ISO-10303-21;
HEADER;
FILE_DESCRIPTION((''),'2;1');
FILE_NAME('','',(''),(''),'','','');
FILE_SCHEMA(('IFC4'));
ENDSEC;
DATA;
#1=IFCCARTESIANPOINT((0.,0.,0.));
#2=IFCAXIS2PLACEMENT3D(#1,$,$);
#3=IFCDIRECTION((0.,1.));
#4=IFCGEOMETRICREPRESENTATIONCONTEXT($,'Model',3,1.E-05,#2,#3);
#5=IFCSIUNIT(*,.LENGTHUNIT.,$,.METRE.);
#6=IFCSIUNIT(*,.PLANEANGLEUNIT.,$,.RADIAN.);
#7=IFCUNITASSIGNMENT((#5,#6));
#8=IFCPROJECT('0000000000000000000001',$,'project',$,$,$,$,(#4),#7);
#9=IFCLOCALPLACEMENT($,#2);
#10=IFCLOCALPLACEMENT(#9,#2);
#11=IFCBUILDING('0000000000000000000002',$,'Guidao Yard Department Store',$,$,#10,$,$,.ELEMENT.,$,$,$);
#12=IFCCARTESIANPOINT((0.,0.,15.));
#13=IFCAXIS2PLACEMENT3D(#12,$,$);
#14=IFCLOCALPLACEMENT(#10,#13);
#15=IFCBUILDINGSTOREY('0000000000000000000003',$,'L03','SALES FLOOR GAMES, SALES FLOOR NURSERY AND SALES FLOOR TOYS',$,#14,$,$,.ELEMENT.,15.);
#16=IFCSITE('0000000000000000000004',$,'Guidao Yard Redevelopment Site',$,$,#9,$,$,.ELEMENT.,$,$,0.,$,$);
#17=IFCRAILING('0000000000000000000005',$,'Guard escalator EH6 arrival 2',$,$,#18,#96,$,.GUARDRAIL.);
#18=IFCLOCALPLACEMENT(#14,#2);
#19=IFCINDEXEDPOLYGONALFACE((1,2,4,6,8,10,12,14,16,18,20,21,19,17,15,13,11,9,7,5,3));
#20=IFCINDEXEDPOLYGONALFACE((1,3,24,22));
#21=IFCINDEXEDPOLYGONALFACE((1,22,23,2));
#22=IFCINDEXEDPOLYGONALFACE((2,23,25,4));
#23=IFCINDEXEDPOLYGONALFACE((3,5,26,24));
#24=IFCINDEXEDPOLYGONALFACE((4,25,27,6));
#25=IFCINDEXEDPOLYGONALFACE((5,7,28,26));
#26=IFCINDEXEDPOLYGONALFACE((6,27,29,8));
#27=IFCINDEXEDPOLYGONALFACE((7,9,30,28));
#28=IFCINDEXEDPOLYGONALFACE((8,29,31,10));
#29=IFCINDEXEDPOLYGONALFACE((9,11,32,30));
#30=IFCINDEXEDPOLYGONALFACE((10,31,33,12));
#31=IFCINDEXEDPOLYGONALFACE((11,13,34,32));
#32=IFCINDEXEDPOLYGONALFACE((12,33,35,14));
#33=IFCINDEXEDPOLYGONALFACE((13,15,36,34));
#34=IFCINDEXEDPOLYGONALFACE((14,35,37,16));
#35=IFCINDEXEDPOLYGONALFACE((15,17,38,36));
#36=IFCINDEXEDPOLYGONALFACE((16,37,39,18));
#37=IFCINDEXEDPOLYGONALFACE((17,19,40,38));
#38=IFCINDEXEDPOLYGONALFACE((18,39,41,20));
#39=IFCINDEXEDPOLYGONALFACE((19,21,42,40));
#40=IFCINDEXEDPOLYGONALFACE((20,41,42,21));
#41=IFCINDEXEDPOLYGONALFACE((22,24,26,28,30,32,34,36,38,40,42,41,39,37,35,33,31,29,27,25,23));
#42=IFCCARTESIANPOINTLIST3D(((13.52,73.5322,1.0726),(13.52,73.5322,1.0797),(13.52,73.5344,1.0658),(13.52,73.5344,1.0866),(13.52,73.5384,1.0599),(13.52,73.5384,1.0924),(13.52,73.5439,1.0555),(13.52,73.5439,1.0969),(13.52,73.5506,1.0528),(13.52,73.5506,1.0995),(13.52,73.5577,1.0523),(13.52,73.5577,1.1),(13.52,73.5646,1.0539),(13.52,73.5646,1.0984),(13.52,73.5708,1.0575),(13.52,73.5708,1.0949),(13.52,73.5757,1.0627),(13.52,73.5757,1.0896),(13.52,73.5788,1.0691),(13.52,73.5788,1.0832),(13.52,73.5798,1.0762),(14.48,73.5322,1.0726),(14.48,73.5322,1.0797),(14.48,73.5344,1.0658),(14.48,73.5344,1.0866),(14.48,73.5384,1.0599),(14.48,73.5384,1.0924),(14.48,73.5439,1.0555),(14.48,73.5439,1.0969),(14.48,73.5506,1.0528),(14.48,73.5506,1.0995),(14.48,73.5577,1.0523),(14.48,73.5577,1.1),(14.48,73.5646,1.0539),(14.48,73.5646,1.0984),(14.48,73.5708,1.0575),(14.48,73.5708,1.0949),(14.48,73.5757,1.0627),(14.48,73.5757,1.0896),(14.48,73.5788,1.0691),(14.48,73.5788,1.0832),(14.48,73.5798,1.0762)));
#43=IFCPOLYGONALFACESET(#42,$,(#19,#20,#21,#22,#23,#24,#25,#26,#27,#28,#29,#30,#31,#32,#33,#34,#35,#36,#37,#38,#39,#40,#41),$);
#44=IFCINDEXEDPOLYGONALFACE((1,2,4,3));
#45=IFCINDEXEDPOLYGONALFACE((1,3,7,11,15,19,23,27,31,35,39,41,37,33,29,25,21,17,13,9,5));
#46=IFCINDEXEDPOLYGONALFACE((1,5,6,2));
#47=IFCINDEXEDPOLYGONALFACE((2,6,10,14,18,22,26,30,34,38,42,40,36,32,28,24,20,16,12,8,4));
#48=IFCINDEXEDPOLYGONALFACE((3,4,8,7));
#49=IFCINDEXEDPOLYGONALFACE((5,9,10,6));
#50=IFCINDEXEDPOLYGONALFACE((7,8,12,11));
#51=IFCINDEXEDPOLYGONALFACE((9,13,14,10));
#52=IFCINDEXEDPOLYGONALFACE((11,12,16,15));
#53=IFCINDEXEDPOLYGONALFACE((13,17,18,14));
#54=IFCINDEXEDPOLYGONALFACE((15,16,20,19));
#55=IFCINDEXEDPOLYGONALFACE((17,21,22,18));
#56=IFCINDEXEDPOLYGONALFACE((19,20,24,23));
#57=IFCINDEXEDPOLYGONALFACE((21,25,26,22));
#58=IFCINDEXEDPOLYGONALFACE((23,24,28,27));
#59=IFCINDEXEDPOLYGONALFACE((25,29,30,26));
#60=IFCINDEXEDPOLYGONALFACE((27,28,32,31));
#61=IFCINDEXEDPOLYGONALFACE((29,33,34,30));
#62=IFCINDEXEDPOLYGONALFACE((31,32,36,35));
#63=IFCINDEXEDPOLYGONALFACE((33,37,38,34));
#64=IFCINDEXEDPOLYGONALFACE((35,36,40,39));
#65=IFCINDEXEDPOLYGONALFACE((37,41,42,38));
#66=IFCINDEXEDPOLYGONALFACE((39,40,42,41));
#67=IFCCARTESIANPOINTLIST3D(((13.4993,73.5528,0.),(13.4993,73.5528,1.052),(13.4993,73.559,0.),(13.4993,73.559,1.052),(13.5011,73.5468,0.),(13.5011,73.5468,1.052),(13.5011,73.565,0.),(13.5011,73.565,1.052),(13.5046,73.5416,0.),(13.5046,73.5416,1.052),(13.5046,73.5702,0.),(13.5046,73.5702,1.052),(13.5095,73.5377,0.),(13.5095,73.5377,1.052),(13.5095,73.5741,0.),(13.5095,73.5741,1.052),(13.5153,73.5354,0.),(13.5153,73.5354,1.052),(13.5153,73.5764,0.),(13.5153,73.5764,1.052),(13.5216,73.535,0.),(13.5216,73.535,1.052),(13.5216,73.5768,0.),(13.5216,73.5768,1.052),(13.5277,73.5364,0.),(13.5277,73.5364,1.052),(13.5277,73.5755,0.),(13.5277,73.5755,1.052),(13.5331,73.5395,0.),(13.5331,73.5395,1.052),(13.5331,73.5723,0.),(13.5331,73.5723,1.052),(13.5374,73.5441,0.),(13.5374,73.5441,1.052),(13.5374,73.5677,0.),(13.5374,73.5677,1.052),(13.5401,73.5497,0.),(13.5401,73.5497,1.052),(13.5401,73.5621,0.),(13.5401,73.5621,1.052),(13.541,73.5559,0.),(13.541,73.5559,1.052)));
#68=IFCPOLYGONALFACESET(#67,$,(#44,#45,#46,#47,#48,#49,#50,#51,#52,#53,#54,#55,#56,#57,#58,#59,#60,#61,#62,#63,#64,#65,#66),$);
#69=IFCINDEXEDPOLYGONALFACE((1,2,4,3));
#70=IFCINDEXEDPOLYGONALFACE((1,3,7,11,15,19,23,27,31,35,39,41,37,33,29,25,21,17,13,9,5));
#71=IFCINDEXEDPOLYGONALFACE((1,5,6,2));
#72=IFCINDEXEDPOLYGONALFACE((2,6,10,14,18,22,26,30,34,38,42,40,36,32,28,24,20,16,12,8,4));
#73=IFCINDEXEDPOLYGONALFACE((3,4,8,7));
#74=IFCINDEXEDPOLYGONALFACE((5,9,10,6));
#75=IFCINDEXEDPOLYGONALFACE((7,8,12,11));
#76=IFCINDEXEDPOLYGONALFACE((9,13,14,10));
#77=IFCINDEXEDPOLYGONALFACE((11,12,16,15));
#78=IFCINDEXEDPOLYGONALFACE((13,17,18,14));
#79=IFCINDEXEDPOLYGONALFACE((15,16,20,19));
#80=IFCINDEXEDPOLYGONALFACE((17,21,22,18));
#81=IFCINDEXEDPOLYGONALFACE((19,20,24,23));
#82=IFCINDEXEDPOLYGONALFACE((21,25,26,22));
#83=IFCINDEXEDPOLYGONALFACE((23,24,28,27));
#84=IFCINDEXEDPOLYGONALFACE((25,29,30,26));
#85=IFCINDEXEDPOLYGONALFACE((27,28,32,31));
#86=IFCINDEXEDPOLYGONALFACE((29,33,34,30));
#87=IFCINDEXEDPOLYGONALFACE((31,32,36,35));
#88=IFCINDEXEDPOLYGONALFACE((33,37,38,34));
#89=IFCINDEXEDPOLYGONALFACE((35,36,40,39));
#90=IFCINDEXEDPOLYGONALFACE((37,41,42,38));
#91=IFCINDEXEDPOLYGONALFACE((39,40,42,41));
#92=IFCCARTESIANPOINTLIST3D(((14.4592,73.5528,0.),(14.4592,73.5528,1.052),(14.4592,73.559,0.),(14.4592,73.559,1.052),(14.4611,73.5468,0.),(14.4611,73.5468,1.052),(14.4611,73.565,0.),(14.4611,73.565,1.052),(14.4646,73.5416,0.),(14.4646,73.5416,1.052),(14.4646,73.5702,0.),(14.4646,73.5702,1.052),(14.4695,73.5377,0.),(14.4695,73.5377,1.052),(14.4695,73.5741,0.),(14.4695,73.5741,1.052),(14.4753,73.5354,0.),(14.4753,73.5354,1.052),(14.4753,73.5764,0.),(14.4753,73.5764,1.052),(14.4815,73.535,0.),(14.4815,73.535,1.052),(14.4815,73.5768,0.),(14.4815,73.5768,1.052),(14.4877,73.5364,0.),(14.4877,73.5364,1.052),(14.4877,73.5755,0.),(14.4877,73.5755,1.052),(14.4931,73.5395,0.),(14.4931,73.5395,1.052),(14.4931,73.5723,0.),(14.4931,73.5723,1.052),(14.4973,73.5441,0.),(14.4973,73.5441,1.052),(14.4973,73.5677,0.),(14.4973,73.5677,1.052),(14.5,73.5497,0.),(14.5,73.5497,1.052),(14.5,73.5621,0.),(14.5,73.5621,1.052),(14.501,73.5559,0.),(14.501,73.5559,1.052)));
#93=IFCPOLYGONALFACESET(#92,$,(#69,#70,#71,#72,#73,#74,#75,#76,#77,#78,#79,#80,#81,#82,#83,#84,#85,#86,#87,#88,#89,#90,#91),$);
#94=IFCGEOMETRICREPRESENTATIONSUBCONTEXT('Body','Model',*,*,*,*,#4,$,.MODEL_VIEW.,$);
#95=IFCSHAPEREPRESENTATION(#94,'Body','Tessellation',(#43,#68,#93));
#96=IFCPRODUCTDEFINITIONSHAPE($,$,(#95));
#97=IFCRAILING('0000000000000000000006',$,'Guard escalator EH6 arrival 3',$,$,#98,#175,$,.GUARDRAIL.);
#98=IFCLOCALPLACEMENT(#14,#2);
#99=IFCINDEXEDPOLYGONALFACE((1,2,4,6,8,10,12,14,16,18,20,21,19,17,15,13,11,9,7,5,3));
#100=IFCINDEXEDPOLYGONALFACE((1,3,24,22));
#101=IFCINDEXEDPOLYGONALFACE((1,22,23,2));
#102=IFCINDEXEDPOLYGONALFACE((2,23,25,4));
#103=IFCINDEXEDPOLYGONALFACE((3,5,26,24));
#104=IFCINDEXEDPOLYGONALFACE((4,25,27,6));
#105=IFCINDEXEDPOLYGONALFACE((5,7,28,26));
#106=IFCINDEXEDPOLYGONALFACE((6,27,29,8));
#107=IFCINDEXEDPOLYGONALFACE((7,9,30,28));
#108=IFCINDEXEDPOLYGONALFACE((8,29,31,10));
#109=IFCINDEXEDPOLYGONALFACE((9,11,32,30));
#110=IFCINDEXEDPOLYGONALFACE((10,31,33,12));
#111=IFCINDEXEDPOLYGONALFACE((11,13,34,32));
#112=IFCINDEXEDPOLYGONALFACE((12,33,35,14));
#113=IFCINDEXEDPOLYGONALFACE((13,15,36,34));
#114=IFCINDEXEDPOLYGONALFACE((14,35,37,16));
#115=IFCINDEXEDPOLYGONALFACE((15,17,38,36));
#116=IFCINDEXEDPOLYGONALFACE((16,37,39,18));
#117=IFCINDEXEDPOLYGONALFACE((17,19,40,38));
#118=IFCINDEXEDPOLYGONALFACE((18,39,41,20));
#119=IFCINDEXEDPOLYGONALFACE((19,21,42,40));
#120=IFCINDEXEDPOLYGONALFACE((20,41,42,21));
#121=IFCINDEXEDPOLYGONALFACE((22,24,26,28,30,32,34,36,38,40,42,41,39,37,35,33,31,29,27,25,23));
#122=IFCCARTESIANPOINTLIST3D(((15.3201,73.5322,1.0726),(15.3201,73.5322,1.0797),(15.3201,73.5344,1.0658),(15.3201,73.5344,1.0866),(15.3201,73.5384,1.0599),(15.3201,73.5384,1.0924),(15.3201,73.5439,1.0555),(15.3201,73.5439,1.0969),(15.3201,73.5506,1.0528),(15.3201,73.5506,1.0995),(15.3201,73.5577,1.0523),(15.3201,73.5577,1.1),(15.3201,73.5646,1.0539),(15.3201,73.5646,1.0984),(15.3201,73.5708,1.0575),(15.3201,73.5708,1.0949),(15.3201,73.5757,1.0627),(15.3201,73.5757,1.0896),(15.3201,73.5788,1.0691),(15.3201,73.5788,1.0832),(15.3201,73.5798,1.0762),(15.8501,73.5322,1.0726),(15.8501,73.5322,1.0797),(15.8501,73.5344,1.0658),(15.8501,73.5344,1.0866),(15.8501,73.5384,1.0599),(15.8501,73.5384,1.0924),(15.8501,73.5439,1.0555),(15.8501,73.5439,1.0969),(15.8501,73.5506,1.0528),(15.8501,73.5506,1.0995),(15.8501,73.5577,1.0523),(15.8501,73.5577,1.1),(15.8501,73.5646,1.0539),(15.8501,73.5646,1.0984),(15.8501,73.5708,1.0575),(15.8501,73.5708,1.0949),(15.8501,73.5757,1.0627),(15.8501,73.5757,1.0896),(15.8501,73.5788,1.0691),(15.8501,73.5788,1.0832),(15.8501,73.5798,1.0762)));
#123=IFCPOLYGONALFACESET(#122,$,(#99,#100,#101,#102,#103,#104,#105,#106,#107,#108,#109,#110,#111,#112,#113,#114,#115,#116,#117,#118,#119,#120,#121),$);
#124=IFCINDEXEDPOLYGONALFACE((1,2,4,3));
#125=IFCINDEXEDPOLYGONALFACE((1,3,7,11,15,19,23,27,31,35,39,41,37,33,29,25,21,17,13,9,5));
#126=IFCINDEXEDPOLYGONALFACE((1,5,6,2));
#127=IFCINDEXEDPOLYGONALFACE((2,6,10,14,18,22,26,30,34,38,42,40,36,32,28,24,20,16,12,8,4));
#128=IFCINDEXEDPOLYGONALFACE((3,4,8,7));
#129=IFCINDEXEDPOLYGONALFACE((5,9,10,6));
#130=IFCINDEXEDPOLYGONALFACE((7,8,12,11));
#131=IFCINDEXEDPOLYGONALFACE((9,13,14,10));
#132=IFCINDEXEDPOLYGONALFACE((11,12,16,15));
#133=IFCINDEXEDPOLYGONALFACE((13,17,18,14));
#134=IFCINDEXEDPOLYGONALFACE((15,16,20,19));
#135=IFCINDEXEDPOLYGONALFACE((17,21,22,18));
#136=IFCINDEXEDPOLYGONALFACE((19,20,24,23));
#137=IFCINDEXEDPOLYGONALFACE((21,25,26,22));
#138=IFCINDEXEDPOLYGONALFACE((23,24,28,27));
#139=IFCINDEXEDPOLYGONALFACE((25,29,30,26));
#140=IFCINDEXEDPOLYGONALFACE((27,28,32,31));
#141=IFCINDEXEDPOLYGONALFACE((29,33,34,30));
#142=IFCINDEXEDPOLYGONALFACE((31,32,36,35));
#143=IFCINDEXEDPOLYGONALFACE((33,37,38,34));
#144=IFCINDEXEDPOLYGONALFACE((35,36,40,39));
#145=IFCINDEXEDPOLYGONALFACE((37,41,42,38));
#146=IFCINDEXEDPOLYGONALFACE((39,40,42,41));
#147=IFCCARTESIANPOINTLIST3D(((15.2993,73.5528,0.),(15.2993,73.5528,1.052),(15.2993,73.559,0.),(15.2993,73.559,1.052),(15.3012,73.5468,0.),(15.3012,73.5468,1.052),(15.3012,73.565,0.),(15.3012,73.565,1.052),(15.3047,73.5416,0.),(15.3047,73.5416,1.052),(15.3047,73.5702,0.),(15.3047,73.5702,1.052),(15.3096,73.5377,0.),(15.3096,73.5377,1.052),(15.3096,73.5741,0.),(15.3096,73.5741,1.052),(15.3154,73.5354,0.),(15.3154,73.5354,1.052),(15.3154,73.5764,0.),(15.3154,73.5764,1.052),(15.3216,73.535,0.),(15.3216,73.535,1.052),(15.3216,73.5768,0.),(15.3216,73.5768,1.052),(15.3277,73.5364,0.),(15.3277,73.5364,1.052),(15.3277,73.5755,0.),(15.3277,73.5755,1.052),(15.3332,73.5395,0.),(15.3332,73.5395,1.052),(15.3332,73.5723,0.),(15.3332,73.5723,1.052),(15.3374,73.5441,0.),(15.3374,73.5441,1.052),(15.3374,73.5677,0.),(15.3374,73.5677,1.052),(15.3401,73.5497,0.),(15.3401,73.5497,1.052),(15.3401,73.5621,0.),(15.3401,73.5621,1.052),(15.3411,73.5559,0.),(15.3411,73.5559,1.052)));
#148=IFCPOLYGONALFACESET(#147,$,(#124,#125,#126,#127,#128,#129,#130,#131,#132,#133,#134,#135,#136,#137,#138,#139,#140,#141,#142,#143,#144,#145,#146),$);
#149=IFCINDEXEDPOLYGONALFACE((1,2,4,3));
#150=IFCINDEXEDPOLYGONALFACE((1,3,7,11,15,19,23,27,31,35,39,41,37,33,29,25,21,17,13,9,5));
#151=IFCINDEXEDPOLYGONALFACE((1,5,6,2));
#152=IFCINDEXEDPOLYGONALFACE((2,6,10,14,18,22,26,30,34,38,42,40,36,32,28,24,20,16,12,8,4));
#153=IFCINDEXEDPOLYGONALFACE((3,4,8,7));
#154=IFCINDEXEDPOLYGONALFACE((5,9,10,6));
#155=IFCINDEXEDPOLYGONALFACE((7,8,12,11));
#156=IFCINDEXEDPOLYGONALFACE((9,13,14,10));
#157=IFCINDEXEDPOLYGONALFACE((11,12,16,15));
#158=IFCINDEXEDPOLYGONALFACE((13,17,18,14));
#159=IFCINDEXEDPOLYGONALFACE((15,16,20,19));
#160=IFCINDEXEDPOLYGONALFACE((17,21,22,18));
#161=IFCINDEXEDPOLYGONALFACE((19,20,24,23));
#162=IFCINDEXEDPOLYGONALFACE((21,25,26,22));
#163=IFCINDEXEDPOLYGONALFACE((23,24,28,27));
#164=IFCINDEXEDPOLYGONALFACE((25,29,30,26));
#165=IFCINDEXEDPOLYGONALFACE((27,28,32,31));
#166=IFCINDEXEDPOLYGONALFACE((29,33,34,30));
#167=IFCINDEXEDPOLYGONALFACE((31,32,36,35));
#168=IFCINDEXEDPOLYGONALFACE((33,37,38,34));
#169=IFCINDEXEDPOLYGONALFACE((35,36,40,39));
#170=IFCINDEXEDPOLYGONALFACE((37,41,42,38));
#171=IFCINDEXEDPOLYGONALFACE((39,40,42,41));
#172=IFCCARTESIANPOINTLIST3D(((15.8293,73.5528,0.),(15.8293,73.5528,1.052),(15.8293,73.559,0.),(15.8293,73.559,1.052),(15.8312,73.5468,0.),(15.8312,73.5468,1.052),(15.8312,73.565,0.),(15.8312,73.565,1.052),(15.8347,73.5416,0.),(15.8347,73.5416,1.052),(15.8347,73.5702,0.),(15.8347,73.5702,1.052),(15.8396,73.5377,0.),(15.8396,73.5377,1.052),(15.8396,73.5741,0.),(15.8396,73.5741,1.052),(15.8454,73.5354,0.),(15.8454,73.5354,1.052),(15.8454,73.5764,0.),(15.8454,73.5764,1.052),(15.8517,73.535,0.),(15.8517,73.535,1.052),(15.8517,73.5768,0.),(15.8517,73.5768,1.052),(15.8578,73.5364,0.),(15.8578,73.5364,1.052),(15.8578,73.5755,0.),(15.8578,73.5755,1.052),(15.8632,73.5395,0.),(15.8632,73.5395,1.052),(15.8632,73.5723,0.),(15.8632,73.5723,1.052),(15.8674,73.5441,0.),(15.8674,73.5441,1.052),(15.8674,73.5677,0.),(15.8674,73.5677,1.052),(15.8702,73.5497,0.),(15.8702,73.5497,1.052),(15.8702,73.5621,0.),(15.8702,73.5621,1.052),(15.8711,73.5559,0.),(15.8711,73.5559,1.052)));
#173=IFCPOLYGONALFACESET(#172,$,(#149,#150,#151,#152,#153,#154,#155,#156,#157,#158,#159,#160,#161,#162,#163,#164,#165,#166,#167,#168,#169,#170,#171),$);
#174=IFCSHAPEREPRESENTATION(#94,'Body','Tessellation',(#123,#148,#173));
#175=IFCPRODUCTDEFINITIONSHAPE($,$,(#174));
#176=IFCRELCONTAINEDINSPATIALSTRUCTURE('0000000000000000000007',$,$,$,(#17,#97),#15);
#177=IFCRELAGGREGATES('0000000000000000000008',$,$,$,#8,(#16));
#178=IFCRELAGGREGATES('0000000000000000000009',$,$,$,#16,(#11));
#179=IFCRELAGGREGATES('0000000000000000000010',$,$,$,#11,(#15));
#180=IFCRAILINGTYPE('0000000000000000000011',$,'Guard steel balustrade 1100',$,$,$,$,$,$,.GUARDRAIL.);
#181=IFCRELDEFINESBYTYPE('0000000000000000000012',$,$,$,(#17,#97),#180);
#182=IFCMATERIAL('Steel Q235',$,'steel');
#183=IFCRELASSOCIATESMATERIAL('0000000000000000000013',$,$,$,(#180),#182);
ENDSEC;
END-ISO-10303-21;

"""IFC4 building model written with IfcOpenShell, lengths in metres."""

from ifc_helpers import new_model, si_unit, direction, frame, origin, origin_2d, place, context, subcontext, project, spatial, circle, extrude, material, type_object, element, save


model = new_model("IFC4")

# Units and contexts
model_context = context("Model", 3, precision=1e-05, world=origin(), true_north=direction((0.0, 1.0)))
body_context = subcontext(model_context, "Body", "Model", "MODEL_VIEW")
ifc_project = project(units=[si_unit("LENGTHUNIT", "METRE"), si_unit("PLANEANGLEUNIT", "RADIAN")], contexts=[model_context])

# Site, building, storey
site_placement = place(None, origin())
site = spatial("IfcSite", under=ifc_project, at=site_placement, Name="Guidao Yard Redevelopment Site", CompositionType="ELEMENT", RefElevation=0.0)
building_placement = place(site_placement, origin())
building = spatial("IfcBuilding", under=site, at=building_placement, Name="Guidao Yard Department Store", CompositionType="ELEMENT")
storey_placement = place(building_placement, frame((0.0, 0.0, 15.0)))
storey = spatial("IfcBuildingStorey", under=building, at=storey_placement, Name="L03", Description="SALES FLOOR GAMES, SALES FLOOR NURSERY AND SALES FLOOR TOYS", CompositionType="ELEMENT", Elevation=15.0)

# Railings
ifc_material_1 = material(Name="Steel Q235", Category="steel")
railing_type = type_object("IfcRailingType", Name="Guard steel balustrade 1100", PredefinedType="GUARDRAIL", material=ifc_material_1)
railing_1_placement = place(storey_placement, frame((13.52, 73.5559, 0.0)))
element("IfcRailing", 1, at=railing_1_placement, inside=storey, type_object=railing_type, Name="Guard escalator EH6 arrival 2", PredefinedType="GUARDRAIL", context=body_context, shape_type="SweptSolid", body=[
    extrude(circle(Radius=0.0239, at=origin_2d()), frame((0.0, 0.0, 1.0762), z_axis=(1.0, 0.0, 0.0), x_axis=(0.0, 1.0, 0.0)), (0.0, 0.0, 1.0), 0.96),
    extrude(circle(Radius=0.021, at=origin_2d()), origin(), (0.0, 0.0, 1.0), 1.052),
    extrude(circle(Radius=0.021, at=origin_2d()), frame((0.96, 0.0, 0.0)), (0.0, 0.0, 1.0), 1.052),
])
railing_2_placement = place(storey_placement, frame((15.3201, 73.5559, 0.0)))
element("IfcRailing", 2, at=railing_2_placement, inside=storey, type_object=railing_type, Name="Guard escalator EH6 arrival 3", PredefinedType="GUARDRAIL", context=body_context, shape_type="SweptSolid", body=[
    extrude(circle(Radius=0.0239, at=origin_2d()), frame((0.0, 0.0, 1.0762), z_axis=(1.0, 0.0, 0.0), x_axis=(0.0, 1.0, 0.0)), (0.0, 0.0, 1.0), 0.53),
    extrude(circle(Radius=0.021, at=origin_2d()), origin(), (0.0, 0.0, 1.0), 1.052),
    extrude(circle(Radius=0.021, at=origin_2d()), frame((0.53, 0.0, 0.0)), (0.0, 0.0, 1.0), 1.052),
])

save(model, "model.ifc")
